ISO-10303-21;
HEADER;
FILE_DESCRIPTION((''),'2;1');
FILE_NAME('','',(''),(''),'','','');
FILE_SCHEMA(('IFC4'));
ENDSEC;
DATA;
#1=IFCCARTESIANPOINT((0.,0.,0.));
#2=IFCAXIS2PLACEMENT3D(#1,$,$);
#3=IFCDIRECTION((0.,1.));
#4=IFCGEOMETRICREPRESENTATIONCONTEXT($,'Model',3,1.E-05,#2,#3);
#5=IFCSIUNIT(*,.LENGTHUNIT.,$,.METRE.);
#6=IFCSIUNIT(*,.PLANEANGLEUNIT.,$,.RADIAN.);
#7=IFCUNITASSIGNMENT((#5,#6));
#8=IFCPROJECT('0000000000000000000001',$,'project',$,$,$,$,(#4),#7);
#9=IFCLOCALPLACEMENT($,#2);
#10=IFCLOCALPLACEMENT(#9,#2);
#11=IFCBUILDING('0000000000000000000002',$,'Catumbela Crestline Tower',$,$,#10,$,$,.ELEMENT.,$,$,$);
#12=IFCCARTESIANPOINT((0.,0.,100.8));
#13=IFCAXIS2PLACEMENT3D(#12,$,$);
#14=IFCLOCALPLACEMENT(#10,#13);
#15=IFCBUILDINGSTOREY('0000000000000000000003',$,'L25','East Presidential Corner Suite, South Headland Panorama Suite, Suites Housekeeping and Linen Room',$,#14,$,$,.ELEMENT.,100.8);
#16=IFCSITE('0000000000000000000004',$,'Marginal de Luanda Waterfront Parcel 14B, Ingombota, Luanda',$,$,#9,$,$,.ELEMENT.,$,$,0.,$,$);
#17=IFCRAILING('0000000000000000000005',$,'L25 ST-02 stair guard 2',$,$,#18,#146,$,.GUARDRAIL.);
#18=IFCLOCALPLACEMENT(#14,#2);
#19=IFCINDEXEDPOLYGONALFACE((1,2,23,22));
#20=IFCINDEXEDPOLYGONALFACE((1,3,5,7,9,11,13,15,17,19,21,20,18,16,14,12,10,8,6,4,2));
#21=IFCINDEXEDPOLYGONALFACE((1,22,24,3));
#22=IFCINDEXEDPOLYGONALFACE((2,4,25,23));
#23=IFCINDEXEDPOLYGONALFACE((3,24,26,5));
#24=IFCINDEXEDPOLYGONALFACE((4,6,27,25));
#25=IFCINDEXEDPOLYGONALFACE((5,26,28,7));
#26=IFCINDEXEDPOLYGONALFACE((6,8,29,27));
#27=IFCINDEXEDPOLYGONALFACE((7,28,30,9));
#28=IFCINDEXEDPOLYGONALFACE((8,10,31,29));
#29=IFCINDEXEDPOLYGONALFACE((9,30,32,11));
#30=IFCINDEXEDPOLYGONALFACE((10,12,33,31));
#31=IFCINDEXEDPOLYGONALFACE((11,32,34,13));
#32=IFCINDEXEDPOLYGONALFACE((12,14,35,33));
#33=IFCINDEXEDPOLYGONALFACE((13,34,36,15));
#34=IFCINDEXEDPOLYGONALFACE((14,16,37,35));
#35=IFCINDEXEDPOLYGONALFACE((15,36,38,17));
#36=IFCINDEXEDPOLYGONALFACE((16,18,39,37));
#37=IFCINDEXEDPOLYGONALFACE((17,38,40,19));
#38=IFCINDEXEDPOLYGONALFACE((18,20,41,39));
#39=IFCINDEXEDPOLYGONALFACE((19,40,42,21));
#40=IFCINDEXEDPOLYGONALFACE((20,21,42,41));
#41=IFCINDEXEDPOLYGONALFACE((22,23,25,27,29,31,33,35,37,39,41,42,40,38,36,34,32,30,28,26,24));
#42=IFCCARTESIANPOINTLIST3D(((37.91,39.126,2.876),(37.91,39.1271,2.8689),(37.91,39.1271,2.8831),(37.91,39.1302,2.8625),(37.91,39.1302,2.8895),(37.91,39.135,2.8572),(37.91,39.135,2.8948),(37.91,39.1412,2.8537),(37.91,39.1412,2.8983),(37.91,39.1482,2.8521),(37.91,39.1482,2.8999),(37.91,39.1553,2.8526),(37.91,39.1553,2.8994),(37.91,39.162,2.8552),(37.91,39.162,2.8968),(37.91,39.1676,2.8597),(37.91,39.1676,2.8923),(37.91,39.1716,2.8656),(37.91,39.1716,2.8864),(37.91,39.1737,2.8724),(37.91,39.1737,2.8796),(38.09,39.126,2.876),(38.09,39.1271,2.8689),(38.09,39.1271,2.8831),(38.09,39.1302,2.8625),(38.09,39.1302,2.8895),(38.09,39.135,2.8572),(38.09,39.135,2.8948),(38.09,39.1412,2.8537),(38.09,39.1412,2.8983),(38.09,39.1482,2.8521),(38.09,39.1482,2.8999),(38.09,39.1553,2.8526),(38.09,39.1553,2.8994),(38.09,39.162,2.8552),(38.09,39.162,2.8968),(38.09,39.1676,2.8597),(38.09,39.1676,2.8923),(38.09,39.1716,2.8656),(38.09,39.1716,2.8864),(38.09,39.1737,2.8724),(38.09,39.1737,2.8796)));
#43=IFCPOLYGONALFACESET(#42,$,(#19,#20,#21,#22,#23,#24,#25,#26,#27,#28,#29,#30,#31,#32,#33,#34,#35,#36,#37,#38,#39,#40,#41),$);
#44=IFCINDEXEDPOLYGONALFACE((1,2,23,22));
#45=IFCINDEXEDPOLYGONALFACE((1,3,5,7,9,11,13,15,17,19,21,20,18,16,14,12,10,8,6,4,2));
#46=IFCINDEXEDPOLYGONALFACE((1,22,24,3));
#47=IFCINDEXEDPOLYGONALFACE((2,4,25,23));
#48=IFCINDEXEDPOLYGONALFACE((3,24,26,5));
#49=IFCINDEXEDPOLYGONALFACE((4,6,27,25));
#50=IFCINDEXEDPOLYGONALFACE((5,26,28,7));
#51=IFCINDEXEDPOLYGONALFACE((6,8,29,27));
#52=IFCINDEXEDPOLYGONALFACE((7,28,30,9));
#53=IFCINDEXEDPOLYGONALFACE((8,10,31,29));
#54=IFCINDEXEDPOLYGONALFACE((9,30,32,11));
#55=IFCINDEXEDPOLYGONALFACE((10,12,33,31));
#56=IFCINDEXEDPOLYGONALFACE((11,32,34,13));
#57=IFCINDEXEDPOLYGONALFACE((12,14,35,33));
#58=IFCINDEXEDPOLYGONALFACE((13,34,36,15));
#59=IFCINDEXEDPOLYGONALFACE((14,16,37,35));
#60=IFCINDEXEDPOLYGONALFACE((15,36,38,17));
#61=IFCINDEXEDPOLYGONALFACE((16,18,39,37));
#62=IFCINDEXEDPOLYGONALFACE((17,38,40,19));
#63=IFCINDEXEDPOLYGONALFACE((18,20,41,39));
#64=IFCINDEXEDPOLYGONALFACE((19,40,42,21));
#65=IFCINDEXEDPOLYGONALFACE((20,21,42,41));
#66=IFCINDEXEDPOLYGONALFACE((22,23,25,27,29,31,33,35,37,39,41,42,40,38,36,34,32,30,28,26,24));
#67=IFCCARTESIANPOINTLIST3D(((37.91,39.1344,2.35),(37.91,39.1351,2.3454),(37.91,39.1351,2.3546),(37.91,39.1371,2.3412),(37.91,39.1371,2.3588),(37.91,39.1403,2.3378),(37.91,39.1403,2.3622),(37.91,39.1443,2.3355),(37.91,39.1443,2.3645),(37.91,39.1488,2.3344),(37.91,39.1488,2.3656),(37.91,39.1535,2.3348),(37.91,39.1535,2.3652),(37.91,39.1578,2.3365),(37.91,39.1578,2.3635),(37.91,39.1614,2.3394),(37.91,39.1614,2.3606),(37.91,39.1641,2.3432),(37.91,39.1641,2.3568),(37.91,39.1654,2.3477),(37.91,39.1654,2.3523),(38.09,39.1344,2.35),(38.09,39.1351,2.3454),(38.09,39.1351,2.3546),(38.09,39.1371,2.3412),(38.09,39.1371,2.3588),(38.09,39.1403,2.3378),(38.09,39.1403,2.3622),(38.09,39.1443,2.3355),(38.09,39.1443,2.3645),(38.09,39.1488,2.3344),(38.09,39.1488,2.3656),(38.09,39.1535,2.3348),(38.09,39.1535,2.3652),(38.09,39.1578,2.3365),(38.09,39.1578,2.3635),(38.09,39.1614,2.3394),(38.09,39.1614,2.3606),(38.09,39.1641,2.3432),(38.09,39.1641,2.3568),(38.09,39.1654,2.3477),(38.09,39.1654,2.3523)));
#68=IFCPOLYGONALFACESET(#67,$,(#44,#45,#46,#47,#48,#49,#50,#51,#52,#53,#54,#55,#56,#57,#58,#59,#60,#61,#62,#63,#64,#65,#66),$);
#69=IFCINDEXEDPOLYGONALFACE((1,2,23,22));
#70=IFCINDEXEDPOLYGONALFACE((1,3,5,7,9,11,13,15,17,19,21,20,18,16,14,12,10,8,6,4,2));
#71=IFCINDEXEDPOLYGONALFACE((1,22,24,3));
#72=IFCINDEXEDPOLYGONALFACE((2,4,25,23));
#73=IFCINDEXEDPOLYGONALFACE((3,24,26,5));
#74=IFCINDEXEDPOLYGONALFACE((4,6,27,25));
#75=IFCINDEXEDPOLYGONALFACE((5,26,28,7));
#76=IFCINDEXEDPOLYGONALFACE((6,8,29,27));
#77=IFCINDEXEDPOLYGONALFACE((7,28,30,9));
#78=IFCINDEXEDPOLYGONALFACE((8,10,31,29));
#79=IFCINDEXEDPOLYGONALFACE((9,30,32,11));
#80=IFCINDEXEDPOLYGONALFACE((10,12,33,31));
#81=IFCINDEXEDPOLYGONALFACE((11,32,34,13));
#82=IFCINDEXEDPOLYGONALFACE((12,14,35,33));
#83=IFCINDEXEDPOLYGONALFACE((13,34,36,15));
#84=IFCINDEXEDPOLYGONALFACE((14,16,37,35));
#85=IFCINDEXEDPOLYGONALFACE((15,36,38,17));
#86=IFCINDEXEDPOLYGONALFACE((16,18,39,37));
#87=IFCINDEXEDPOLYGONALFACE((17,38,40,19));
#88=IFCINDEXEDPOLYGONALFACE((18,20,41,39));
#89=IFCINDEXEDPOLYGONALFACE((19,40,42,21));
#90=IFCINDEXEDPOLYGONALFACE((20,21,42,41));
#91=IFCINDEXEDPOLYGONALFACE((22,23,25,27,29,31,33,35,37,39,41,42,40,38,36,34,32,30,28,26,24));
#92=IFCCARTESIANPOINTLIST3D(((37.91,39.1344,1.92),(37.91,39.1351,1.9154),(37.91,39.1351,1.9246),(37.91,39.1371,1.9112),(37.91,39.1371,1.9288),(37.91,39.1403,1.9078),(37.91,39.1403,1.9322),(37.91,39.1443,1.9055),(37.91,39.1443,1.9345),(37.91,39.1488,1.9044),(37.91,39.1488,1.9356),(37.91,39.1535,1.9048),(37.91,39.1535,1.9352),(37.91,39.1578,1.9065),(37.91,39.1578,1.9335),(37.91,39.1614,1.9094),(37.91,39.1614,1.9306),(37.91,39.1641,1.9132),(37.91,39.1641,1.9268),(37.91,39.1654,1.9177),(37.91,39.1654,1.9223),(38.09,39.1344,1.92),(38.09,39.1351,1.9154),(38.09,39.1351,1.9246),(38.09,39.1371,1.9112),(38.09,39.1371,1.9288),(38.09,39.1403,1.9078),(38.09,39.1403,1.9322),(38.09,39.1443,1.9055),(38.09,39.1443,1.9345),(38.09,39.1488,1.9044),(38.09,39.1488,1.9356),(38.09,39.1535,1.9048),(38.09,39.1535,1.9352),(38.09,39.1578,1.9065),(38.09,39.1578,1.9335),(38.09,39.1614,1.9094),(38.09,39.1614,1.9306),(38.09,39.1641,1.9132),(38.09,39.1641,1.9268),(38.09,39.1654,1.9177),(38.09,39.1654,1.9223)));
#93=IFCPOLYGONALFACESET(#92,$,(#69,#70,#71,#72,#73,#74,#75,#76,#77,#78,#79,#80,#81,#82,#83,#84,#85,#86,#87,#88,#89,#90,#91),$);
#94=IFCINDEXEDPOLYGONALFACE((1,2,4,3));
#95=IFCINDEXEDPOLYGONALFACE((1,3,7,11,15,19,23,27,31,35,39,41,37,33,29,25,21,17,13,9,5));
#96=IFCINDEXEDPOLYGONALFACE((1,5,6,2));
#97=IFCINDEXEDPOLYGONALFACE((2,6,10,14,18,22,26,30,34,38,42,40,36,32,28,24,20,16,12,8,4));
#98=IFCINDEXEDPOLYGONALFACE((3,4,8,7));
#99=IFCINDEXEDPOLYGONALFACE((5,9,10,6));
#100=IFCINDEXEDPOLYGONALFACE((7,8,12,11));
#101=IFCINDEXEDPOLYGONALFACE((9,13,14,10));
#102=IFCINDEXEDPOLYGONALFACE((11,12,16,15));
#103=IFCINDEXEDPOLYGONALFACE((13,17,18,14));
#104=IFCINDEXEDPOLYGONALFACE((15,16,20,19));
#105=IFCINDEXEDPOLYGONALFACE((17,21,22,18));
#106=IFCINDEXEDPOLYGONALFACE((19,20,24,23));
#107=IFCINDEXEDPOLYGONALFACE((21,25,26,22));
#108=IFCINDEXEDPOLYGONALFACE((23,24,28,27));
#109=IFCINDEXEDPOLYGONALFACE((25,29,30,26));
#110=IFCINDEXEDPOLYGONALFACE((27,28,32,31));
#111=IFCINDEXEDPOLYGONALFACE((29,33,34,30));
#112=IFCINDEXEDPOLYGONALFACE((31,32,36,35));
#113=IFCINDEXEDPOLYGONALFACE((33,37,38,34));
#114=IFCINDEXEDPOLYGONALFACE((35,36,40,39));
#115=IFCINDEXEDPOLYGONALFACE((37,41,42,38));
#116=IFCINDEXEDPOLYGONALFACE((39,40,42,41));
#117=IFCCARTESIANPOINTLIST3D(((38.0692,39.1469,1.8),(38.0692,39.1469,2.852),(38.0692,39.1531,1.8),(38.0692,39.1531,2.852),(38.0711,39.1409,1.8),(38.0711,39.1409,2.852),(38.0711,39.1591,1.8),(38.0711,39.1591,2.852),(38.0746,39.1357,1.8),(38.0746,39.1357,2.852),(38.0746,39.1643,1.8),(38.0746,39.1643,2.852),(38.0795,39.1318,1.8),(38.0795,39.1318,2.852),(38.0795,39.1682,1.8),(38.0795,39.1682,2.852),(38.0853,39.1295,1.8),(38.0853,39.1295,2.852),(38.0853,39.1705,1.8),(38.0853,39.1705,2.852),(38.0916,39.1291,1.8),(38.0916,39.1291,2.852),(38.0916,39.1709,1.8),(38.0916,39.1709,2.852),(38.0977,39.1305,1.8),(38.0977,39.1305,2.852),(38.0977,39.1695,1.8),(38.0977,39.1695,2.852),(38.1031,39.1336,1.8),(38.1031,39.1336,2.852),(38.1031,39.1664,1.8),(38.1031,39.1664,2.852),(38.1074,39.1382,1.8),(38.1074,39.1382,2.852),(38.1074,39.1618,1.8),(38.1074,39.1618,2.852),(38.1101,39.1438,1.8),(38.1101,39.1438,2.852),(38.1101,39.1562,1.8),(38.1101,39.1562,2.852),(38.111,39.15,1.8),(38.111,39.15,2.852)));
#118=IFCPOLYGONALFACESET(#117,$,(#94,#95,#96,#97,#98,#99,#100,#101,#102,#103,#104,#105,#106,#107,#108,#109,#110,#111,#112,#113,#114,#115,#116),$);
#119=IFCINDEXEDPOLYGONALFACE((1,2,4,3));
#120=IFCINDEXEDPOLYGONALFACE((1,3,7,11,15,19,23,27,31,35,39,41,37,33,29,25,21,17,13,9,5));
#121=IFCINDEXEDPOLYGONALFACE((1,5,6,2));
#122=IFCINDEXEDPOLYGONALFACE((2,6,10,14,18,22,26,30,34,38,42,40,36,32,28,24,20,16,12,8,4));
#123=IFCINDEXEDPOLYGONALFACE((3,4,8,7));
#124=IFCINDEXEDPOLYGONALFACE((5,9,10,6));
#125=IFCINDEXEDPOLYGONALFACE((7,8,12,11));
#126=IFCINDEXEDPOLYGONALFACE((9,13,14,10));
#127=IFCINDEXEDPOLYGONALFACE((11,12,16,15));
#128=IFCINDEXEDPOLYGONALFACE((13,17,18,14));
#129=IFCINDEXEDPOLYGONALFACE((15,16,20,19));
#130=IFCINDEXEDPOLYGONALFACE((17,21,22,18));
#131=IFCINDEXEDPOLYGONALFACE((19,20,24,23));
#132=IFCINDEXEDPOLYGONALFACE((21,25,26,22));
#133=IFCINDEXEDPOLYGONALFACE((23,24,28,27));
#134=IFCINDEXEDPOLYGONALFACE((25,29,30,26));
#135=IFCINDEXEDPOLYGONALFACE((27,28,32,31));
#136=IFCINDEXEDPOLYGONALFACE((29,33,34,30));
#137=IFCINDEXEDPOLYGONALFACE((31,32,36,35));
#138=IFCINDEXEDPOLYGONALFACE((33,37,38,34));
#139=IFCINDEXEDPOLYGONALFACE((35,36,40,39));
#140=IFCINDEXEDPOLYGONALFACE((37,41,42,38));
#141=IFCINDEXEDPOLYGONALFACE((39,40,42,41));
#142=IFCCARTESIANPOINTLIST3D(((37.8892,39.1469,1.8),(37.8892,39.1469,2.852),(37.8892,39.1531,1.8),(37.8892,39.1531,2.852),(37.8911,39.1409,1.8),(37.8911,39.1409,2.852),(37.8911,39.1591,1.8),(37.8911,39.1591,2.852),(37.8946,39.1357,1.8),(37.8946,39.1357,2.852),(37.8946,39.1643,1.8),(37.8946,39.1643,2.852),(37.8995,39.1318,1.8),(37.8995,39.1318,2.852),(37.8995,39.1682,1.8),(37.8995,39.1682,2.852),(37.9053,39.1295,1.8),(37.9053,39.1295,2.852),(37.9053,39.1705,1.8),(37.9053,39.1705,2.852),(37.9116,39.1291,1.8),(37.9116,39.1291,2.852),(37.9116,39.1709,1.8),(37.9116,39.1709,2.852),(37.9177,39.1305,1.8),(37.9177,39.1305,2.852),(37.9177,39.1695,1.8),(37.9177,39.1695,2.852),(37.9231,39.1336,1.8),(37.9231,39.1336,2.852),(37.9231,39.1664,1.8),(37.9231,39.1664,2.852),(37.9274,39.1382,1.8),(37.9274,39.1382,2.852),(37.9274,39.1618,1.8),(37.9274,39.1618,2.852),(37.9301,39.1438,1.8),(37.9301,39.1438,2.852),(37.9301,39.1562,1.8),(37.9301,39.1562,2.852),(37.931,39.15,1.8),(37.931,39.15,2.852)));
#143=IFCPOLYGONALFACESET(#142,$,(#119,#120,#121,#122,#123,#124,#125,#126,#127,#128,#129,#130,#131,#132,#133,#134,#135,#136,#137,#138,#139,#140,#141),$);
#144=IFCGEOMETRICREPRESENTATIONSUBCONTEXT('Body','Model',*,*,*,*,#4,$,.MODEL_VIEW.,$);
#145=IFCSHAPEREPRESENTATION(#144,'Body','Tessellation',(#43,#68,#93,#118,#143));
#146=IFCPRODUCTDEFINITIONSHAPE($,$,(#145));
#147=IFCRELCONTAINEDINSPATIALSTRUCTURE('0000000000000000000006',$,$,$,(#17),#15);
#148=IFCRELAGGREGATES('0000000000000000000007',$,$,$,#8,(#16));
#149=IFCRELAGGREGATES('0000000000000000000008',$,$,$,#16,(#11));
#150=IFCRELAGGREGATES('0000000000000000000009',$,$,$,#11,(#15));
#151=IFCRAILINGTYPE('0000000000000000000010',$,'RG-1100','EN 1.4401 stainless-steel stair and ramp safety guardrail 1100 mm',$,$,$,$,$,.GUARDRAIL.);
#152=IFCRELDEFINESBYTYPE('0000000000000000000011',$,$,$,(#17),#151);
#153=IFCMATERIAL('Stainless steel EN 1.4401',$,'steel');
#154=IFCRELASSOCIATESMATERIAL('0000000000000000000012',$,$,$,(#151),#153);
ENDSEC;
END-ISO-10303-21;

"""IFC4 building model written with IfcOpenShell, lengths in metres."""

from ifc_helpers import new_model, si_unit, direction, frame, origin, origin_2d, place, context, subcontext, project, spatial, circle, extrude, material, type_object, element, save


model = new_model("IFC4")

# Units and contexts
model_context = context("Model", 3, precision=1e-05, world=origin(), true_north=direction((0.0, 1.0)))
body_context = subcontext(model_context, "Body", "Model", "MODEL_VIEW")
ifc_project = project(units=[si_unit("LENGTHUNIT", "METRE"), si_unit("PLANEANGLEUNIT", "RADIAN")], contexts=[model_context])

# Site, building, storey
site_placement = place(None, origin())
site = spatial("IfcSite", under=ifc_project, at=site_placement, Name="Marginal de Luanda Waterfront Parcel 14B, Ingombota, Luanda", CompositionType="ELEMENT", RefElevation=0.0)
building_placement = place(site_placement, origin())
building = spatial("IfcBuilding", under=site, at=building_placement, Name="Catumbela Crestline Tower", CompositionType="ELEMENT")
storey_placement = place(building_placement, frame((0.0, 0.0, 100.8)))
storey = spatial("IfcBuildingStorey", under=building, at=storey_placement, Name="L25", Description="East Presidential Corner Suite, South Headland Panorama Suite, Suites Housekeeping and Linen Room", CompositionType="ELEMENT", Elevation=100.8)

# Shared definitions
ifc_material_1 = material(Name="Stainless steel EN 1.4401", Category="steel")

# Railing
railing_type_1 = type_object("IfcRailingType", Name="RG-1100", Description="EN 1.4401 stainless-steel stair and ramp safety guardrail 1100 mm", PredefinedType="GUARDRAIL", material=ifc_material_1)
railing_1_placement = place(storey_placement, frame((38.09, 39.15, 1.8)))
element("IfcRailing", 1, at=railing_1_placement, inside=storey, type_object=railing_type_1, Name="L25 ST-02 stair guard 2", PredefinedType="GUARDRAIL", context=body_context, shape_type="SweptSolid", body=[
    extrude(circle(Radius=0.024, at=origin_2d()), frame((0.0, 0.0, 1.076), z_axis=(-1.0, 0.0, 0.0), x_axis=(0.0, -1.0, 0.0)), (0.0, 0.0, 1.0), 0.18),
    extrude(circle(Radius=0.0156, at=origin_2d()), frame((0.0, 0.0, 0.55), z_axis=(-1.0, 0.0, 0.0), x_axis=(0.0, -1.0, 0.0)), (0.0, 0.0, 1.0), 0.18),
    extrude(circle(Radius=0.0156, at=origin_2d()), frame((0.0, 0.0, 0.12), z_axis=(-1.0, 0.0, 0.0), x_axis=(0.0, -1.0, 0.0)), (0.0, 0.0, 1.0), 0.18),
    extrude(circle(Radius=0.021, at=origin_2d()), origin(), (0.0, 0.0, 1.0), 1.052),
    extrude(circle(Radius=0.021, at=origin_2d()), frame((-0.18, 0.0, 0.0)), (0.0, 0.0, 1.0), 1.052),
])

save(model, "model.ifc")
